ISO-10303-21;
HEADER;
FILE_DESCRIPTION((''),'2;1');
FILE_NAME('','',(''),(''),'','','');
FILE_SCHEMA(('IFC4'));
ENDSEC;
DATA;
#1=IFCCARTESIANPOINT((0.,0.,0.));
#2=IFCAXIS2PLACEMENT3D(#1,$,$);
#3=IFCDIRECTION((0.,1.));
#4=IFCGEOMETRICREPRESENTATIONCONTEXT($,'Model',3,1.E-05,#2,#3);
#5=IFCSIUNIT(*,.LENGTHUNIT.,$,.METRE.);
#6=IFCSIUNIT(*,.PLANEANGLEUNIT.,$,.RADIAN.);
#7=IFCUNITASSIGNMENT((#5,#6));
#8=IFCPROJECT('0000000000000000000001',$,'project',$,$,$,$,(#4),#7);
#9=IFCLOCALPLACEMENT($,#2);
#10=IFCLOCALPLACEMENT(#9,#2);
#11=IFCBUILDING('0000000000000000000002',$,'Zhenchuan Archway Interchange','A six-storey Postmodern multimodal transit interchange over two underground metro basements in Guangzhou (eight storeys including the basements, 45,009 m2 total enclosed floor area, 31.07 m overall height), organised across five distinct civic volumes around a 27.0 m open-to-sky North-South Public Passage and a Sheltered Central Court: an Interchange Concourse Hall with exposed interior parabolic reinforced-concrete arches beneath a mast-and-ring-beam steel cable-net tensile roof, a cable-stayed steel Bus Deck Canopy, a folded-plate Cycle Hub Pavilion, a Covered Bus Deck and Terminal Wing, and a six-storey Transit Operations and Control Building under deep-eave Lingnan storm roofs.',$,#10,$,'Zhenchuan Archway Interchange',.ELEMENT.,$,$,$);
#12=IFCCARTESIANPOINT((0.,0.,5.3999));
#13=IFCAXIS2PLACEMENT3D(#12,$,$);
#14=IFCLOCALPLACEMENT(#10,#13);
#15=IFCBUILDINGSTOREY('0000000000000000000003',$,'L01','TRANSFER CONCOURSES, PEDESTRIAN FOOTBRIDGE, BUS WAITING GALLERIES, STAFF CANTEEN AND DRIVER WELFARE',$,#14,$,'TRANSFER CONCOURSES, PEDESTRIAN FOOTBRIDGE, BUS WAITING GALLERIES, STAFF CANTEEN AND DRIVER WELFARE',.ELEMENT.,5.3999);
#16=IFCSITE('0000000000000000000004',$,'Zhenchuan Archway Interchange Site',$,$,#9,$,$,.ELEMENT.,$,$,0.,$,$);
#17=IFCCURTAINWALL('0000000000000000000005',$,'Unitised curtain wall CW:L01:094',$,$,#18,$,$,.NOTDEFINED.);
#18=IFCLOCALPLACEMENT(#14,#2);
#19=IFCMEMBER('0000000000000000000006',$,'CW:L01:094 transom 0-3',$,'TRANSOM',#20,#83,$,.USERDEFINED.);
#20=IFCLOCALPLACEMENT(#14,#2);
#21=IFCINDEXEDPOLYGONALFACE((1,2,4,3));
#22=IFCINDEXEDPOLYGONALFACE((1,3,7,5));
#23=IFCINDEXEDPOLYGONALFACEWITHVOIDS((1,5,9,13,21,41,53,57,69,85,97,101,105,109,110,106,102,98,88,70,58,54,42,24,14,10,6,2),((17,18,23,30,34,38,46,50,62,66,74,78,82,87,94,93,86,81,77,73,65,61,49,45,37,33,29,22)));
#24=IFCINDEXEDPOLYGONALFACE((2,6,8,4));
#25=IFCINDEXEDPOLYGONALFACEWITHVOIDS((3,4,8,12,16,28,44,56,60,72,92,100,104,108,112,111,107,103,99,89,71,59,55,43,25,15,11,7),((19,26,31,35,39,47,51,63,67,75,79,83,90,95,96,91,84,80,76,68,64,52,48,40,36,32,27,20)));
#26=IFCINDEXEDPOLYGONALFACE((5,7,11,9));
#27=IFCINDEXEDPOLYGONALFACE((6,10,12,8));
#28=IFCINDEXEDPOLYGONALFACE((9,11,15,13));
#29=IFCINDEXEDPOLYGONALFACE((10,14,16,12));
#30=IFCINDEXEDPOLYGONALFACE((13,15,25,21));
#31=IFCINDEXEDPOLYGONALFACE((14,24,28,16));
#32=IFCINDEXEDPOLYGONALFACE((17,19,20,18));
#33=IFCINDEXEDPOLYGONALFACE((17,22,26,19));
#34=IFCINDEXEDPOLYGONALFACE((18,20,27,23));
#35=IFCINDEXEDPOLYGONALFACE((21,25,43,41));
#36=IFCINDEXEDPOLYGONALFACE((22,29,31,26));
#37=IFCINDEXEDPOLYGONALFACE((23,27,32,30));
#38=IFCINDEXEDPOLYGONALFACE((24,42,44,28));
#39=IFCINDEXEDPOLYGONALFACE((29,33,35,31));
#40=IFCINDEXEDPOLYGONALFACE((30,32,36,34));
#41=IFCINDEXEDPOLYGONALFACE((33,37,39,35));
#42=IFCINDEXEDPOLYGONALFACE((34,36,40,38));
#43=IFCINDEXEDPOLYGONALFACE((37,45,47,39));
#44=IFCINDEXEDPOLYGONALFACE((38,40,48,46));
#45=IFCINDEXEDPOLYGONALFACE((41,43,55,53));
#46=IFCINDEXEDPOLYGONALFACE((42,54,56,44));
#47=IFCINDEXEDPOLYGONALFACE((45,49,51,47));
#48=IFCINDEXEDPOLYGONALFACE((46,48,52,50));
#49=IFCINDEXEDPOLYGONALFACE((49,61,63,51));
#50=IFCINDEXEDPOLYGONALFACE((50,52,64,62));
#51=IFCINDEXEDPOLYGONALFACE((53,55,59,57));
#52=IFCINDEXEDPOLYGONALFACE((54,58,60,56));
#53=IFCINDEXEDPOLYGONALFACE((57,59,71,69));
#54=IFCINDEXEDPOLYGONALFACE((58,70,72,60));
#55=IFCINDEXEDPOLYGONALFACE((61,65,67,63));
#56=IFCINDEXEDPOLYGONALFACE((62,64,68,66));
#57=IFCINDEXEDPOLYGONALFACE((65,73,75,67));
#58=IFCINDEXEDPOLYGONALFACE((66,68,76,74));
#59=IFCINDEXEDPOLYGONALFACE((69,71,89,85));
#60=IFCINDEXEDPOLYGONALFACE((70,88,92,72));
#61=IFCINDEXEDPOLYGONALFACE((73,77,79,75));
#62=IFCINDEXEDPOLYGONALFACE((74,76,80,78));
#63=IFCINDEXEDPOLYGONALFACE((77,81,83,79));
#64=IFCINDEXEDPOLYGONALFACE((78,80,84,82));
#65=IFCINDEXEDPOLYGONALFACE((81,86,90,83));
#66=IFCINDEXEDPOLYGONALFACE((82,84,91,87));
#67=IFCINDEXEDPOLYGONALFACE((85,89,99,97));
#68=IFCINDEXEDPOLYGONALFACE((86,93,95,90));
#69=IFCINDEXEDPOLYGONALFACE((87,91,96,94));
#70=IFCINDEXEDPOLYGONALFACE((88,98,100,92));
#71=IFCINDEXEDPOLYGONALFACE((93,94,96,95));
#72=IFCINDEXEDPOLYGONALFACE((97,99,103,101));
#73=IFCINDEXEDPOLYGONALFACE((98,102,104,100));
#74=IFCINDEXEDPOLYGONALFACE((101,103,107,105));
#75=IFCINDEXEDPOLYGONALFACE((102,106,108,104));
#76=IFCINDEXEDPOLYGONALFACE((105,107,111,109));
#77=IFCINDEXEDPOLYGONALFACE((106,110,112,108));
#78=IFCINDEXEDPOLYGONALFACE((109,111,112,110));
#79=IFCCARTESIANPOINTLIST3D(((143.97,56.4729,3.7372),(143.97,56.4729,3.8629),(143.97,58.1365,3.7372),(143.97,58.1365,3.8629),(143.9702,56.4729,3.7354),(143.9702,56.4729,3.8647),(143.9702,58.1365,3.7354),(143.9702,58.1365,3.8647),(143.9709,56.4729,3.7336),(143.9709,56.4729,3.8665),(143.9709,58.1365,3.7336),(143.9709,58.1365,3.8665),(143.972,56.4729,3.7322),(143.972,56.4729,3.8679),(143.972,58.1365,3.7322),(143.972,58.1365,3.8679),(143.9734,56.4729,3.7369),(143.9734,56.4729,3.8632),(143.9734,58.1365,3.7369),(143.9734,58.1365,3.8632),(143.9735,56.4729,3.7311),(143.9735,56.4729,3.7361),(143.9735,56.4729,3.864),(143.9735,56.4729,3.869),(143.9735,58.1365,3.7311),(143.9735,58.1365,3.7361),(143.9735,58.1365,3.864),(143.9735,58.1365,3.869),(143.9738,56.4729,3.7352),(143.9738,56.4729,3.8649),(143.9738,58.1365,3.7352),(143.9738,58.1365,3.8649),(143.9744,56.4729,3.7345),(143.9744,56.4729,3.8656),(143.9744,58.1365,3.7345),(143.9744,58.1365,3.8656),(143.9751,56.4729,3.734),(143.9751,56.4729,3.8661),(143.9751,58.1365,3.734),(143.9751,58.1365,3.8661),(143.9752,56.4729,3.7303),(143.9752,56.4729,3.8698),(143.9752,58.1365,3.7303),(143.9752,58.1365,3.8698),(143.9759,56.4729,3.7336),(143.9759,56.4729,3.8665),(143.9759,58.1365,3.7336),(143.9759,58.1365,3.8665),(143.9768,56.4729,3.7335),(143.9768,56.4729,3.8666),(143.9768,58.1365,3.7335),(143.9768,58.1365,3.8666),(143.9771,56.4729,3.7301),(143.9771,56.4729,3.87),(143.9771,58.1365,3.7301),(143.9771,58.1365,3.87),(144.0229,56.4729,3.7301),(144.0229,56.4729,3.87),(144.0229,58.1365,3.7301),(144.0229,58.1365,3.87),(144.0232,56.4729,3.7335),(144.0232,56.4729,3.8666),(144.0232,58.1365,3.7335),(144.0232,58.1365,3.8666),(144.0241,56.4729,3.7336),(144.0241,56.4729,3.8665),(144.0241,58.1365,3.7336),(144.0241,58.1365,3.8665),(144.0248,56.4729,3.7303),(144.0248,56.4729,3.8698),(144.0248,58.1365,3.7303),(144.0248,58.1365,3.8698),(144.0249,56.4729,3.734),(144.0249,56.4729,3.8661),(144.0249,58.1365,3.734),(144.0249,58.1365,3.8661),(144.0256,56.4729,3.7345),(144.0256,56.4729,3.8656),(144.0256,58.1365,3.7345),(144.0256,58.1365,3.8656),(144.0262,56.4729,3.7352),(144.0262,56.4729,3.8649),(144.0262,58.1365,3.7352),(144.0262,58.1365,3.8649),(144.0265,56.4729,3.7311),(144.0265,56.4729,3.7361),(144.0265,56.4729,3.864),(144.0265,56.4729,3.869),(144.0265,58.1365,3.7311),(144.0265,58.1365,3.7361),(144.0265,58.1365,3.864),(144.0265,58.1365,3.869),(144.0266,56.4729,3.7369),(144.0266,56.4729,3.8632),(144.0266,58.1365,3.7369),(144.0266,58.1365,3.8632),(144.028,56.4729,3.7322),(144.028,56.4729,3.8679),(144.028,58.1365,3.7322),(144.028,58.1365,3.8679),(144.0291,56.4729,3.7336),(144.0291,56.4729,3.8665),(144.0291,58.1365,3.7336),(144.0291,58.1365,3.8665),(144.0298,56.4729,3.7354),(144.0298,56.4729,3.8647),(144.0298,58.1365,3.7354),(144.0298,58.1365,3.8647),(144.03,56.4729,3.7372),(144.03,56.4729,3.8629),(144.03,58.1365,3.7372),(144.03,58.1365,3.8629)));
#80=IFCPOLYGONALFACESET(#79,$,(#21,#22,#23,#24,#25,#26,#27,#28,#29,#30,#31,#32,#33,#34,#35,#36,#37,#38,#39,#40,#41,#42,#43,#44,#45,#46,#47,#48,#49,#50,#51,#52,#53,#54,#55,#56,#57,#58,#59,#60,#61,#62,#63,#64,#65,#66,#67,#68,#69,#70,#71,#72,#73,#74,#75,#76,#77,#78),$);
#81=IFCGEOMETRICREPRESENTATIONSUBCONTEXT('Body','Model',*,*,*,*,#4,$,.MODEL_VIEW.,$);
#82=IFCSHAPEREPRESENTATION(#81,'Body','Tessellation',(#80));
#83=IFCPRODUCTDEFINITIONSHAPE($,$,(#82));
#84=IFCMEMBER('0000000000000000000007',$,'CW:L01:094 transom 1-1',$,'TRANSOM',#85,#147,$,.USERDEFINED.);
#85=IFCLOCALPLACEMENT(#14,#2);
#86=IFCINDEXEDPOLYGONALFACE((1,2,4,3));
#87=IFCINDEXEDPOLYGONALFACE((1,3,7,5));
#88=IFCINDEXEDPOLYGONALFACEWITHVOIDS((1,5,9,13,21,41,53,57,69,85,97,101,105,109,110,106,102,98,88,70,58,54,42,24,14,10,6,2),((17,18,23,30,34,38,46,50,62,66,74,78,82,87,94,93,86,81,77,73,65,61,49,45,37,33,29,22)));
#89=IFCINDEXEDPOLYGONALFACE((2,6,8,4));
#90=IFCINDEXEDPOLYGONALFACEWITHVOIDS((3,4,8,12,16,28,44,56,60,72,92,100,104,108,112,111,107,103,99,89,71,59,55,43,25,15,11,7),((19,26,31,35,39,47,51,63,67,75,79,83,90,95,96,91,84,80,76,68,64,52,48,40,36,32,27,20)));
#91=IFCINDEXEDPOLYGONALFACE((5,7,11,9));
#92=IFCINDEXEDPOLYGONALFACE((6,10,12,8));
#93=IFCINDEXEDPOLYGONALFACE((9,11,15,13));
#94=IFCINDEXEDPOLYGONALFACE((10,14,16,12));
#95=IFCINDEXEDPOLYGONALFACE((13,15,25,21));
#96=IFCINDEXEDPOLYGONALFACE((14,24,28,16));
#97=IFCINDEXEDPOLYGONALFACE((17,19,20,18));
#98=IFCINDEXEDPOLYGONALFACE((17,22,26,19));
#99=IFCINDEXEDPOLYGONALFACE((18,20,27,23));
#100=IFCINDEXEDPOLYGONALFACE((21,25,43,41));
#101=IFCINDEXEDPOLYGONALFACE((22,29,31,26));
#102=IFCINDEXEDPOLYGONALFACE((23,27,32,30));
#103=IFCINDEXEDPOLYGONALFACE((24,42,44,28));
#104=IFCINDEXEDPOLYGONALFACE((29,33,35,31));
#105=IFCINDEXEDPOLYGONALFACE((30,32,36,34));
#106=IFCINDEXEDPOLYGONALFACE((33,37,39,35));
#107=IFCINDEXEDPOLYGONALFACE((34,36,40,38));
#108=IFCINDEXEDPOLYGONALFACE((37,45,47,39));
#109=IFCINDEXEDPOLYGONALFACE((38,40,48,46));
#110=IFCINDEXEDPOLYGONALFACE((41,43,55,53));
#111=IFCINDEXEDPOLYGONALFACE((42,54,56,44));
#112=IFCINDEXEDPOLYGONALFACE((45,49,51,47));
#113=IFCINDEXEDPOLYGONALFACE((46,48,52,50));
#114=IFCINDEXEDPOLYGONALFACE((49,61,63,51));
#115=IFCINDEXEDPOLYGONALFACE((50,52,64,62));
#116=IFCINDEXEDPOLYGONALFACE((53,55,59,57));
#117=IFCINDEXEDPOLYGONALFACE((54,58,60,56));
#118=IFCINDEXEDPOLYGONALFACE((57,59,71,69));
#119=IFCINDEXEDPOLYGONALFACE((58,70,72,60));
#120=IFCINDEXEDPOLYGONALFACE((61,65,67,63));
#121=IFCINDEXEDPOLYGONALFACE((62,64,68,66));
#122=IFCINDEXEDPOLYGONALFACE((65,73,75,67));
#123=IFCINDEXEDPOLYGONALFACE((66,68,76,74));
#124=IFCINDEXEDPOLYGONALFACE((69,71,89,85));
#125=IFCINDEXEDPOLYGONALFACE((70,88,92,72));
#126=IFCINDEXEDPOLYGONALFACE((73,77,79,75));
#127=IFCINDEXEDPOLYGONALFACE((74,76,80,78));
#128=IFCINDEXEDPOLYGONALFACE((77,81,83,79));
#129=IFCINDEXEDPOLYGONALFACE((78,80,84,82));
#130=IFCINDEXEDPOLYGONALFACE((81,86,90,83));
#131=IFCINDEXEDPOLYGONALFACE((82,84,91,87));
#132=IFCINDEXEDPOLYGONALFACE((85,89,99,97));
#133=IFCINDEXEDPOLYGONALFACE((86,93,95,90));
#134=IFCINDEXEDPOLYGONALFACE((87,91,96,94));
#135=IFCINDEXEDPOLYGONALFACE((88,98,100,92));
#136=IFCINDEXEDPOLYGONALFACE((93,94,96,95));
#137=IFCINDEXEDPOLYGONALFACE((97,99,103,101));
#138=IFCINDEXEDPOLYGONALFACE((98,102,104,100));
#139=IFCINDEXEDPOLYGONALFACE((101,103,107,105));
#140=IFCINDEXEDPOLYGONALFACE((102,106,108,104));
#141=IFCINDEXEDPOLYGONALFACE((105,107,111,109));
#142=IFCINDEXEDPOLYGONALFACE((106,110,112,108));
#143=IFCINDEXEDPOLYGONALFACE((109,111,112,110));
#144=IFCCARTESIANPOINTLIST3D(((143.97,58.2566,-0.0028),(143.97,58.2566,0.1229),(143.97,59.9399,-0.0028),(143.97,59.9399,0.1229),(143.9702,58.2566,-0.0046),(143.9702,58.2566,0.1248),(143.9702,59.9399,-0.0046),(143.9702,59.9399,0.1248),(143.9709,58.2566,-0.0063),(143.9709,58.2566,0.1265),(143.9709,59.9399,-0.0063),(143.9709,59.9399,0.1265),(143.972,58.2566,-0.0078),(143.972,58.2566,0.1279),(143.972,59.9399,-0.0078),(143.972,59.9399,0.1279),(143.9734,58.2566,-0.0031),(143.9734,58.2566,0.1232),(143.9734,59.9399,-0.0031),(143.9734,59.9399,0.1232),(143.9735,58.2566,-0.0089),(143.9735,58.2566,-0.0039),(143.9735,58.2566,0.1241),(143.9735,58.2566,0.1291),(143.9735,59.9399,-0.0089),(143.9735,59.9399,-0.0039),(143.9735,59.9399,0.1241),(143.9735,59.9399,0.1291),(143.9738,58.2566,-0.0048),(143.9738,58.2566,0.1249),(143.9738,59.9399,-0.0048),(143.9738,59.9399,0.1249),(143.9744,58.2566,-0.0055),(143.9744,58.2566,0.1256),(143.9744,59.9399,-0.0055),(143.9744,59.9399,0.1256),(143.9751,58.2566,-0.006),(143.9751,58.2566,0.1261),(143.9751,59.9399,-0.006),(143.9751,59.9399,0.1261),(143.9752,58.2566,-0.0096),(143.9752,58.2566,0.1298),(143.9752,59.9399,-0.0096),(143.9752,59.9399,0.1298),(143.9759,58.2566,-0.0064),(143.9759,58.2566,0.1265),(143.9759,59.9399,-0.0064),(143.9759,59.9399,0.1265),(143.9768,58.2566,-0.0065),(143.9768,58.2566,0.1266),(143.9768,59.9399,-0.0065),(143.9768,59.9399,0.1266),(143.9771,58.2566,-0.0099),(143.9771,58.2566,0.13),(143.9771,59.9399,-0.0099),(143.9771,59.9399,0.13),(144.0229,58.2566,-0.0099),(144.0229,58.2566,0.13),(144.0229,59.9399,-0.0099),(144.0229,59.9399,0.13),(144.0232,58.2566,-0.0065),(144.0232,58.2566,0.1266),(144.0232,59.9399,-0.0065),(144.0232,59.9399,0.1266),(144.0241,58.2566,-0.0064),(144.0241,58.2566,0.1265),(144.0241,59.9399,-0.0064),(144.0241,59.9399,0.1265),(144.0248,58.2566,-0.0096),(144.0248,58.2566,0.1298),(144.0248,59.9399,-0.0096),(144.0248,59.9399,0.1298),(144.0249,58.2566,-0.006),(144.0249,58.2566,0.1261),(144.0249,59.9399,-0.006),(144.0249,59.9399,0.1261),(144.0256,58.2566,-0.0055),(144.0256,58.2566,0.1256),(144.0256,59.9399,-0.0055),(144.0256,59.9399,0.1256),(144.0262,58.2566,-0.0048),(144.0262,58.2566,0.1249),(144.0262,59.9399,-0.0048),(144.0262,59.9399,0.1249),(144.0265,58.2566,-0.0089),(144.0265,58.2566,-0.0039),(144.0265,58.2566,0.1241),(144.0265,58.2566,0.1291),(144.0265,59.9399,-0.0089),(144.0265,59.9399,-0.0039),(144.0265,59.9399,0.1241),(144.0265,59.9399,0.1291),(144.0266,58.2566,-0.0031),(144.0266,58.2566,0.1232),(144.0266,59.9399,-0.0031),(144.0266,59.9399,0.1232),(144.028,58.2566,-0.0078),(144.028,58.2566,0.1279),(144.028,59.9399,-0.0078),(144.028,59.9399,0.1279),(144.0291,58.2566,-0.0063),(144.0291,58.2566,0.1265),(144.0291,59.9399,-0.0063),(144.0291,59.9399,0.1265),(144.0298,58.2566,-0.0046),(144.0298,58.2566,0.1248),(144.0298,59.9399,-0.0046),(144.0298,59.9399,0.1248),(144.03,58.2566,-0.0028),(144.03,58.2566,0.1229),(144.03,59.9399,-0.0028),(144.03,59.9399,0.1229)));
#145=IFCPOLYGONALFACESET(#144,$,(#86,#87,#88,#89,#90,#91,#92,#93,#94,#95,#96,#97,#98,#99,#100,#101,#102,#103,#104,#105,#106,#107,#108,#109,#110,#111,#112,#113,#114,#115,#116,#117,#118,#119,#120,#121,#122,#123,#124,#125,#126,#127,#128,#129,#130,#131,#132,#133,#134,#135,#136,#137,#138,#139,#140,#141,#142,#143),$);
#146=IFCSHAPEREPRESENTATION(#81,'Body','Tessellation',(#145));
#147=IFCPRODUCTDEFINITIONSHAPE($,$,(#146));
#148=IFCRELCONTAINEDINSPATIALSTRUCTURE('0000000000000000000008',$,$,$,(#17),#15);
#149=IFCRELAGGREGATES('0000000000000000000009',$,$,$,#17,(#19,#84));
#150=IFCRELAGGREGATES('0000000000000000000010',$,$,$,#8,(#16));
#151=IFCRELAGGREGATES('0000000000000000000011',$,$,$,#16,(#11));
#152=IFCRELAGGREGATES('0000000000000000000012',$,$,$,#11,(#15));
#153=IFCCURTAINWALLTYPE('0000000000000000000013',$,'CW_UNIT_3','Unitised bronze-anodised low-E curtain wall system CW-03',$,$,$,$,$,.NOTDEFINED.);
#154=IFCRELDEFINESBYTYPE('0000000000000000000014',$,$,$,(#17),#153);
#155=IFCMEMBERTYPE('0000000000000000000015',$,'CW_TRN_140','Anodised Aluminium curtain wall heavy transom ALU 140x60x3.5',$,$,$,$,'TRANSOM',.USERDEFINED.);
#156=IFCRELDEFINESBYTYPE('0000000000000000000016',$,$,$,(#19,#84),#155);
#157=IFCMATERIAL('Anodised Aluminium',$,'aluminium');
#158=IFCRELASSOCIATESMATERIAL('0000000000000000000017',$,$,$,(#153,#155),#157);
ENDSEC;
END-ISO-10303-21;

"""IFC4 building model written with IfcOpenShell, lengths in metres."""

from ifc_helpers import new_model, si_unit, direction, frame, origin, origin_2d, place, context, subcontext, project, spatial, hollow_rectangle, extrude, material, material_profile, profile_set, type_object, element, aggregate, save


model = new_model("IFC4")

# Units and contexts
model_context = context("Model", 3, precision=1e-05, world=origin(), true_north=direction((0.0, 1.0)))
body_context = subcontext(model_context, "Body", "Model", "MODEL_VIEW")
ifc_project = project(units=[si_unit("LENGTHUNIT", "METRE"), si_unit("PLANEANGLEUNIT", "RADIAN")], contexts=[model_context])

# Site, building, storey
site_placement = place(None, origin())
site = spatial("IfcSite", under=ifc_project, at=site_placement, Name="Zhenchuan Archway Interchange Site", CompositionType="ELEMENT", RefElevation=0.0)
building_placement = place(site_placement, origin())
building = spatial("IfcBuilding", under=site, at=building_placement, Name="Zhenchuan Archway Interchange", Description="A six-storey Postmodern multimodal transit interchange over two underground metro basements in Guangzhou (eight storeys including the basements, 45,009 m2 total enclosed floor area, 31.07 m overall height), organised across five distinct civic volumes around a 27.0 m open-to-sky North-South Public Passage and a Sheltered Central Court: an Interchange Concourse Hall with exposed interior parabolic reinforced-concrete arches beneath a mast-and-ring-beam steel cable-net tensile roof, a cable-stayed steel Bus Deck Canopy, a folded-plate Cycle Hub Pavilion, a Covered Bus Deck and Terminal Wing, and a six-storey Transit Operations and Control Building under deep-eave Lingnan storm roofs.", LongName="Zhenchuan Archway Interchange", CompositionType="ELEMENT")
storey_placement = place(building_placement, frame((0.0, 0.0, 5.3999)))
storey = spatial("IfcBuildingStorey", under=building, at=storey_placement, Name="L01", Description="TRANSFER CONCOURSES, PEDESTRIAN FOOTBRIDGE, BUS WAITING GALLERIES, STAFF CANTEEN AND DRIVER WELFARE", LongName="TRANSFER CONCOURSES, PEDESTRIAN FOOTBRIDGE, BUS WAITING GALLERIES, STAFF CANTEEN AND DRIVER WELFARE", CompositionType="ELEMENT", Elevation=5.3999)

# Curtain wall, members
ifc_material_1 = material(Name="Anodised Aluminium", Category="aluminium")
curtain_wall_type = type_object("IfcCurtainWallType", Name="CW_UNIT_3", Description="Unitised bronze-anodised low-E curtain wall system CW-03", PredefinedType="NOTDEFINED", material=ifc_material_1)
curtain_wall_placement = place(storey_placement, origin())
curtain_wall = element("IfcCurtainWall", 1, at=curtain_wall_placement, inside=storey, type_object=curtain_wall_type, Name="Unitised curtain wall CW:L01:094", PredefinedType="NOTDEFINED")
ifc_material_profile_1 = material_profile(ifc_material_1, hollow_rectangle(XDim=0.0601, YDim=0.1399, WallThickness=0.0034, InnerFilletRadius=0.0034, OuterFilletRadius=0.0071, at=origin_2d()), Name="ALU 140x60x3.5")
ifc_profile_set_1 = profile_set([ifc_material_profile_1], Name="Anodised Aluminium")
member_type_1 = type_object("IfcMemberType", Name="CW_TRN_140", Description="Anodised Aluminium curtain wall heavy transom ALU 140x60x3.5", ElementType="TRANSOM", PredefinedType="USERDEFINED", material=ifc_profile_set_1)
member_1_placement = place(storey_placement, frame((144.0, 56.4729, 3.8), z_axis=(0.0, 1.0, 0.0), x_axis=(-1.0, 0.0, 0.0)))
member_1 = element("IfcMember", 2, at=member_1_placement, type_object=member_type_1, Name="CW:L01:094 transom 0-3", ObjectType="TRANSOM", PredefinedType="USERDEFINED", context=body_context, shape_type="SweptSolid", body=[
    extrude(hollow_rectangle(XDim=0.0601, YDim=0.1399, WallThickness=0.0034, InnerFilletRadius=0.0034, OuterFilletRadius=0.0071, at=origin_2d()), origin(), (0.0, 0.0, 1.0), 1.6636),
])
member_2_placement = place(storey_placement, frame((144.0, 58.2566, 0.0601), z_axis=(0.0, 1.0, 0.0), x_axis=(-1.0, 0.0, 0.0)))
member_2 = element("IfcMember", 3, at=member_2_placement, type_object=member_type_1, Name="CW:L01:094 transom 1-1", ObjectType="TRANSOM", PredefinedType="USERDEFINED", context=body_context, shape_type="SweptSolid", body=[
    extrude(hollow_rectangle(XDim=0.0601, YDim=0.1399, WallThickness=0.0034, InnerFilletRadius=0.0034, OuterFilletRadius=0.0071, at=origin_2d()), origin(), (0.0, 0.0, 1.0), 1.6833),
])

aggregate(curtain_wall, [member_1, member_2])

save(model, "model.ifc")
